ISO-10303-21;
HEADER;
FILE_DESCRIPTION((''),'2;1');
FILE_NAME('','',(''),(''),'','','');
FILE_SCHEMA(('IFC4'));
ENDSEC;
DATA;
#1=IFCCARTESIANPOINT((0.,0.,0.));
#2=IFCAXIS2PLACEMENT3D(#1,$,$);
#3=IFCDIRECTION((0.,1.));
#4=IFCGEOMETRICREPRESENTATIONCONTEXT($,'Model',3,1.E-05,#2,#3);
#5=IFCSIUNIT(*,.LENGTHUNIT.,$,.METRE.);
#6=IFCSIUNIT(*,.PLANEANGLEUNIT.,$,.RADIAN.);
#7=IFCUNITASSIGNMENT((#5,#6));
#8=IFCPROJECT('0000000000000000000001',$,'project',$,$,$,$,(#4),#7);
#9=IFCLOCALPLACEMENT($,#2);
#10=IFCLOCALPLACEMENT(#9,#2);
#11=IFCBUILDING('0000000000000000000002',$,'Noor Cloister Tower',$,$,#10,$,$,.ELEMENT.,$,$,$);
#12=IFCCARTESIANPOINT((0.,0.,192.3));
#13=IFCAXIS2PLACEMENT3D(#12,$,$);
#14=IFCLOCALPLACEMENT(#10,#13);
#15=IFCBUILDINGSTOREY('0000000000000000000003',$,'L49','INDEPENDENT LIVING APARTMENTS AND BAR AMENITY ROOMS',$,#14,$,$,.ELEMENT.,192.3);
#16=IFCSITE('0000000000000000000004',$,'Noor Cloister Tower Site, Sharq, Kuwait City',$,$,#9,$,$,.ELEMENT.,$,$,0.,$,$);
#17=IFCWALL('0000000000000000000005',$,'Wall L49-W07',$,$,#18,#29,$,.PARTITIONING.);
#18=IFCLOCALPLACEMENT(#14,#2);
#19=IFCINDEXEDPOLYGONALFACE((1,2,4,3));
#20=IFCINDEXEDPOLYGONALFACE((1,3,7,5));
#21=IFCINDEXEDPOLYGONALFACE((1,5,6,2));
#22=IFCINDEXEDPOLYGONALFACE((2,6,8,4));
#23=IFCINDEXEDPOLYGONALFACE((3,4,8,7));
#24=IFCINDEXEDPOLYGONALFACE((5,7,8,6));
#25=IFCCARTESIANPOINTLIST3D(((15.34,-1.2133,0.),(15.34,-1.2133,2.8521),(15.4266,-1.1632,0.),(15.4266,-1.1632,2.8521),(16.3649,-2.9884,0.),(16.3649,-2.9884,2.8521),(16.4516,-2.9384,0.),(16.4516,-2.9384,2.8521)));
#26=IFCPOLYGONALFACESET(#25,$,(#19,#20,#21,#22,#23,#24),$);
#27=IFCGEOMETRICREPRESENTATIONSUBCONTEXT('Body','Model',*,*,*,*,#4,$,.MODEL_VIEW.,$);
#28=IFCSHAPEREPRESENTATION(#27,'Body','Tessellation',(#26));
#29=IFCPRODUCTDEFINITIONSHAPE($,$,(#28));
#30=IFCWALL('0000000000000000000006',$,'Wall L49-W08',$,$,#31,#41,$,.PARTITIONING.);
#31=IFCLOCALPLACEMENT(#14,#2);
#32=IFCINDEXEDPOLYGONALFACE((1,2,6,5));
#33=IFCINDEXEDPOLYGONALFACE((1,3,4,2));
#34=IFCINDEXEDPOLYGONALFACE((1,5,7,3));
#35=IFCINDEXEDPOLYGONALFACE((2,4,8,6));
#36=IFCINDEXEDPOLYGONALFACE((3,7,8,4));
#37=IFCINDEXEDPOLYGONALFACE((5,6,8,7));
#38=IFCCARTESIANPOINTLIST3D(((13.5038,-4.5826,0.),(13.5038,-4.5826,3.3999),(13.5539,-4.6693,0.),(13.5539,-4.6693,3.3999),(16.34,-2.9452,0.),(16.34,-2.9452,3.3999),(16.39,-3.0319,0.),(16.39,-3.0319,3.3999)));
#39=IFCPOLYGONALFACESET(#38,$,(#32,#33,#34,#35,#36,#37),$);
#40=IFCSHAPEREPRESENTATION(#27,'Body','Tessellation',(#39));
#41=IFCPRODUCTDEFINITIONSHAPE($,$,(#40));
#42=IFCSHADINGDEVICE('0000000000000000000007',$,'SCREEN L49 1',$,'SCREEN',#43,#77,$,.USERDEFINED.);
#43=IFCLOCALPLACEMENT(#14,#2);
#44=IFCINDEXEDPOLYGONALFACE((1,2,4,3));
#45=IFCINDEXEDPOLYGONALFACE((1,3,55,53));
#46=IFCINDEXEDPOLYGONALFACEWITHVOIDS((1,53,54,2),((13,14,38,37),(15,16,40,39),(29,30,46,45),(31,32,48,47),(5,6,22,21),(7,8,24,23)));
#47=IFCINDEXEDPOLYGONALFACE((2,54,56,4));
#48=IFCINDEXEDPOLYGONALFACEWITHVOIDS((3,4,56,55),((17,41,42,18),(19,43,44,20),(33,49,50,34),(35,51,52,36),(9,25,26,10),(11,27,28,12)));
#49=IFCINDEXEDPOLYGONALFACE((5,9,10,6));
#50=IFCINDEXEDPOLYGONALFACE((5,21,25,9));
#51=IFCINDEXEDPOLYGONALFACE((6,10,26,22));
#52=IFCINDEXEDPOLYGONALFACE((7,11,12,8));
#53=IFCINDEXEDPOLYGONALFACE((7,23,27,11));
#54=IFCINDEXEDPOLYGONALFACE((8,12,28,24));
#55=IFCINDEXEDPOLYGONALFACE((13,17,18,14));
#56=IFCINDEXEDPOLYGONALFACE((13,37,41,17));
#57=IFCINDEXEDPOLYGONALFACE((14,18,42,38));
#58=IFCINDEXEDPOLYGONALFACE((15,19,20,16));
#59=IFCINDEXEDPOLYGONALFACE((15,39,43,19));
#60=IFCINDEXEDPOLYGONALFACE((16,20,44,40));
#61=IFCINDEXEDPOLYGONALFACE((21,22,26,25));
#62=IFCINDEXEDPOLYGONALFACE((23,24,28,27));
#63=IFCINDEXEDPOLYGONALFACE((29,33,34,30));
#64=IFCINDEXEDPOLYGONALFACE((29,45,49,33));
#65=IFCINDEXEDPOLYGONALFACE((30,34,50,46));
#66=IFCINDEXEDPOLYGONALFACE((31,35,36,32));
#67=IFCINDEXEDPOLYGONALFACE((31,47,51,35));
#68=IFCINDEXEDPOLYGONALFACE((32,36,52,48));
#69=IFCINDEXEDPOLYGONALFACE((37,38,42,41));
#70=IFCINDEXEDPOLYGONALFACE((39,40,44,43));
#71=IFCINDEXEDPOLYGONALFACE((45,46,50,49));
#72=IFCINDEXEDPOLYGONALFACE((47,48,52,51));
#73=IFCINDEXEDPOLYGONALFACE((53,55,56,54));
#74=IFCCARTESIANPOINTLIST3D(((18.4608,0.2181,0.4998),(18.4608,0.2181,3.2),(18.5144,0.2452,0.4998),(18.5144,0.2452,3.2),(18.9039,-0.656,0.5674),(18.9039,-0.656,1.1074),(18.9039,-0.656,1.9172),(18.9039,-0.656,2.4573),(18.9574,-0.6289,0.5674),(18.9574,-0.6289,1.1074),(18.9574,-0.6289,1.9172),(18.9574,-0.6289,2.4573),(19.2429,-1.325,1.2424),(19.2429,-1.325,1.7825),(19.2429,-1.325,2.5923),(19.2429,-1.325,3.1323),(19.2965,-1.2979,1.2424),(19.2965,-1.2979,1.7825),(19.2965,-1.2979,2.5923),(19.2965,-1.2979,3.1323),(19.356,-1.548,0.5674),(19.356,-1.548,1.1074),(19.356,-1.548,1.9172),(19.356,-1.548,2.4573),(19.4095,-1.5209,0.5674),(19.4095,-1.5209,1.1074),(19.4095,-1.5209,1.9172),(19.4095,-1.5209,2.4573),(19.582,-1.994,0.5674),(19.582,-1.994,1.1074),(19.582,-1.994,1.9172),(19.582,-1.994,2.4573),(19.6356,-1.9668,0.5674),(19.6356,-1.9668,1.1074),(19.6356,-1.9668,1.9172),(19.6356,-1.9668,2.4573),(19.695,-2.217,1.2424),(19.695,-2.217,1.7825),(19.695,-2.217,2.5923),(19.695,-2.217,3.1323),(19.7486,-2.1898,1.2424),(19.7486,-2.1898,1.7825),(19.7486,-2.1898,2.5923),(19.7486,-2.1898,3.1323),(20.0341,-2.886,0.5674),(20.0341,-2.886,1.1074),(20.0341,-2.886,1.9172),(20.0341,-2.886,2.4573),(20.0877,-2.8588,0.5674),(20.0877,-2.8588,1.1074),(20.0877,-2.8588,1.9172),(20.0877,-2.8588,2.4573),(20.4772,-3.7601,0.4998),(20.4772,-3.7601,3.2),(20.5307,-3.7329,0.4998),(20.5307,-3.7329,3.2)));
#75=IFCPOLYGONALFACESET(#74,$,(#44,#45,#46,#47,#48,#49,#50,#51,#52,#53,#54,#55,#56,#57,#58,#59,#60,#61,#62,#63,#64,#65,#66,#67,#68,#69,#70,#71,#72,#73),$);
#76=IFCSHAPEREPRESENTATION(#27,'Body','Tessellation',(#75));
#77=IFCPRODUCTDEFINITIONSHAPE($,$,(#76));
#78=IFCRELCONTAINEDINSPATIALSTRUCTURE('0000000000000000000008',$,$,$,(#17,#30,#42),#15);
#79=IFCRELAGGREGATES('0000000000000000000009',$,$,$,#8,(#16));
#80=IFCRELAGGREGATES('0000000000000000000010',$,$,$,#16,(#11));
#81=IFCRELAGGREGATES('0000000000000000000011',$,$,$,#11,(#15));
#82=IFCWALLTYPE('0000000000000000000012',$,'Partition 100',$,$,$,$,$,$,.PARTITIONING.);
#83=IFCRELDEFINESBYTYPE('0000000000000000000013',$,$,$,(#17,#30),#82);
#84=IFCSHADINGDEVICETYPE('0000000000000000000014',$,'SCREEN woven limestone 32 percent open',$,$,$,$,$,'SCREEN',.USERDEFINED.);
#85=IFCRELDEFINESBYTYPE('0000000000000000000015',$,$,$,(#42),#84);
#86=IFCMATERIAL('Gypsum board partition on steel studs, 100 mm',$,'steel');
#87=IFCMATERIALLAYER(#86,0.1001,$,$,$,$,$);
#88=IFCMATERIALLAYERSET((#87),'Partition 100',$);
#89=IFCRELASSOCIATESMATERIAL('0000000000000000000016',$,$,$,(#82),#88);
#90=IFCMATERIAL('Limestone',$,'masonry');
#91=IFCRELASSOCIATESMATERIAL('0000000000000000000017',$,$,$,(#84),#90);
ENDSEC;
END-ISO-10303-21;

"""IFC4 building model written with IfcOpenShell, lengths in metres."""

from ifc_helpers import new_model, si_unit, direction, frame, frame_2d, origin, place, context, subcontext, project, spatial, polyline, rectangle, outline, extrude, material, layer, layer_set, material_profile, profile_set, type_object, element, save


model = new_model("IFC4")

# Units and contexts
model_context = context("Model", 3, precision=1e-05, world=origin(), true_north=direction((0.0, 1.0)))
body_context = subcontext(model_context, "Body", "Model", "MODEL_VIEW")
ifc_project = project(units=[si_unit("LENGTHUNIT", "METRE"), si_unit("PLANEANGLEUNIT", "RADIAN")], contexts=[model_context])

# Site, building, storey
site_placement = place(None, origin())
site = spatial("IfcSite", under=ifc_project, at=site_placement, Name="Noor Cloister Tower Site, Sharq, Kuwait City", CompositionType="ELEMENT", RefElevation=0.0)
building_placement = place(site_placement, origin())
building = spatial("IfcBuilding", under=site, at=building_placement, Name="Noor Cloister Tower", CompositionType="ELEMENT")
storey_placement = place(building_placement, frame((0.0, 0.0, 192.3)))
storey = spatial("IfcBuildingStorey", under=building, at=storey_placement, Name="L49", Description="INDEPENDENT LIVING APARTMENTS AND BAR AMENITY ROOMS", CompositionType="ELEMENT", Elevation=192.3)

# Shared definitions
ifc_material_1 = material(Name="Gypsum board partition on steel studs, 100 mm", Category="steel")
ifc_layer_1 = layer(ifc_material_1, 0.1001)
ifc_layer_set_1 = layer_set([ifc_layer_1], Name="Partition 100")
wall_type_1 = type_object("IfcWallType", Name="Partition 100", PredefinedType="PARTITIONING", material=ifc_layer_set_1)

# Walls
wall_1_placement = place(storey_placement, frame((15.3833, -1.1882, 0.0), z_axis=(0.0, 0.0, 1.0), x_axis=(0.500008, -0.866021, 0.0)))
element("IfcWall", 1, at=wall_1_placement, inside=storey, type_object=wall_type_1, Name="Wall L49-W07", PredefinedType="PARTITIONING", context=body_context, shape_type="SweptSolid", body=[
    extrude(rectangle(XDim=2.0498, YDim=0.1001, at=frame_2d((1.0249, 0.0))), origin(), (0.0, 0.0, 1.0), 2.8521),
])
wall_2_placement = place(storey_placement, frame((16.365, -2.9885, 0.0), z_axis=(0.0, 0.0, 1.0), x_axis=(-0.866028, -0.499996, 0.0)))
element("IfcWall", 2, at=wall_2_placement, inside=storey, type_object=wall_type_1, Name="Wall L49-W08", PredefinedType="PARTITIONING", context=body_context, shape_type="SweptSolid", body=[
    extrude(rectangle(XDim=3.2749, YDim=0.1001, at=frame_2d((1.6375, 0.0))), origin(), (0.0, 0.0, 1.0), 3.3999),
])

# Shading device
ifc_material_2 = material(Name="Limestone", Category="masonry")
ifc_material_profile_1 = material_profile(ifc_material_2, outline(polyline([(-2.23, -1.3501), (2.23, -1.3501), (2.23, 1.3501), (-2.23, 1.3501), (-2.23, -1.3501)]), holes=[polyline([(-1.25, -1.2825), (-0.25, -1.2825), (-0.25, -0.7424), (-1.25, -0.7424), (-1.25, -1.2825)]), polyline([(0.25, -1.2825), (1.25, -1.2825), (1.25, -0.7424), (0.25, -0.7424), (0.25, -1.2825)]), polyline([(-0.5, -0.6074), (0.5, -0.6074), (0.5, -0.0674), (-0.5, -0.0674), (-0.5, -0.6074)]), polyline([(-1.25, 0.0674), (-0.25, 0.0674), (-0.25, 0.6074), (-1.25, 0.6074), (-1.25, 0.0674)]), polyline([(0.25, 0.0674), (1.25, 0.0674), (1.25, 0.6074), (0.25, 0.6074), (0.25, 0.0674)]), polyline([(-0.5, 0.7424), (0.5, 0.7424), (0.5, 1.2825), (-0.5, 1.2825), (-0.5, 0.7424)])]), Name="Woven screen 32 percent open")
ifc_profile_set_1 = profile_set([ifc_material_profile_1], Name="Limestone")
shading_device_type = type_object("IfcShadingDeviceType", Name="SCREEN woven limestone 32 percent open", ElementType="SCREEN", PredefinedType="USERDEFINED", material=ifc_profile_set_1)
shading_device_placement = place(storey_placement, frame((19.469, -1.771, 1.8499), z_axis=(0.89197, 0.452094, 0.0), x_axis=(-0.452094, 0.89197, 0.0)))
element("IfcShadingDevice", 3, at=shading_device_placement, inside=storey, type_object=shading_device_type, Name="SCREEN L49 1", ObjectType="SCREEN", PredefinedType="USERDEFINED", context=body_context, shape_type="SweptSolid", body=[
    extrude(outline(polyline([(-2.23, -1.3501), (2.23, -1.3501), (2.23, 1.3501), (-2.23, 1.3501), (-2.23, -1.3501)]), holes=[polyline([(-1.25, -1.2825), (-0.25, -1.2825), (-0.25, -0.7424), (-1.25, -0.7424), (-1.25, -1.2825)]), polyline([(0.25, -1.2825), (1.25, -1.2825), (1.25, -0.7424), (0.25, -0.7424), (0.25, -1.2825)]), polyline([(-0.5, -0.6074), (0.5, -0.6074), (0.5, -0.0674), (-0.5, -0.0674), (-0.5, -0.6074)]), polyline([(-1.25, 0.0674), (-0.25, 0.0674), (-0.25, 0.6074), (-1.25, 0.6074), (-1.25, 0.0674)]), polyline([(0.25, 0.0674), (1.25, 0.0674), (1.25, 0.6074), (0.25, 0.6074), (0.25, 0.0674)]), polyline([(-0.5, 0.7424), (0.5, 0.7424), (0.5, 1.2825), (-0.5, 1.2825), (-0.5, 0.7424)])]), origin(), (0.0, 0.0, 1.0), 0.0601),
])

save(model, "model.ifc")
